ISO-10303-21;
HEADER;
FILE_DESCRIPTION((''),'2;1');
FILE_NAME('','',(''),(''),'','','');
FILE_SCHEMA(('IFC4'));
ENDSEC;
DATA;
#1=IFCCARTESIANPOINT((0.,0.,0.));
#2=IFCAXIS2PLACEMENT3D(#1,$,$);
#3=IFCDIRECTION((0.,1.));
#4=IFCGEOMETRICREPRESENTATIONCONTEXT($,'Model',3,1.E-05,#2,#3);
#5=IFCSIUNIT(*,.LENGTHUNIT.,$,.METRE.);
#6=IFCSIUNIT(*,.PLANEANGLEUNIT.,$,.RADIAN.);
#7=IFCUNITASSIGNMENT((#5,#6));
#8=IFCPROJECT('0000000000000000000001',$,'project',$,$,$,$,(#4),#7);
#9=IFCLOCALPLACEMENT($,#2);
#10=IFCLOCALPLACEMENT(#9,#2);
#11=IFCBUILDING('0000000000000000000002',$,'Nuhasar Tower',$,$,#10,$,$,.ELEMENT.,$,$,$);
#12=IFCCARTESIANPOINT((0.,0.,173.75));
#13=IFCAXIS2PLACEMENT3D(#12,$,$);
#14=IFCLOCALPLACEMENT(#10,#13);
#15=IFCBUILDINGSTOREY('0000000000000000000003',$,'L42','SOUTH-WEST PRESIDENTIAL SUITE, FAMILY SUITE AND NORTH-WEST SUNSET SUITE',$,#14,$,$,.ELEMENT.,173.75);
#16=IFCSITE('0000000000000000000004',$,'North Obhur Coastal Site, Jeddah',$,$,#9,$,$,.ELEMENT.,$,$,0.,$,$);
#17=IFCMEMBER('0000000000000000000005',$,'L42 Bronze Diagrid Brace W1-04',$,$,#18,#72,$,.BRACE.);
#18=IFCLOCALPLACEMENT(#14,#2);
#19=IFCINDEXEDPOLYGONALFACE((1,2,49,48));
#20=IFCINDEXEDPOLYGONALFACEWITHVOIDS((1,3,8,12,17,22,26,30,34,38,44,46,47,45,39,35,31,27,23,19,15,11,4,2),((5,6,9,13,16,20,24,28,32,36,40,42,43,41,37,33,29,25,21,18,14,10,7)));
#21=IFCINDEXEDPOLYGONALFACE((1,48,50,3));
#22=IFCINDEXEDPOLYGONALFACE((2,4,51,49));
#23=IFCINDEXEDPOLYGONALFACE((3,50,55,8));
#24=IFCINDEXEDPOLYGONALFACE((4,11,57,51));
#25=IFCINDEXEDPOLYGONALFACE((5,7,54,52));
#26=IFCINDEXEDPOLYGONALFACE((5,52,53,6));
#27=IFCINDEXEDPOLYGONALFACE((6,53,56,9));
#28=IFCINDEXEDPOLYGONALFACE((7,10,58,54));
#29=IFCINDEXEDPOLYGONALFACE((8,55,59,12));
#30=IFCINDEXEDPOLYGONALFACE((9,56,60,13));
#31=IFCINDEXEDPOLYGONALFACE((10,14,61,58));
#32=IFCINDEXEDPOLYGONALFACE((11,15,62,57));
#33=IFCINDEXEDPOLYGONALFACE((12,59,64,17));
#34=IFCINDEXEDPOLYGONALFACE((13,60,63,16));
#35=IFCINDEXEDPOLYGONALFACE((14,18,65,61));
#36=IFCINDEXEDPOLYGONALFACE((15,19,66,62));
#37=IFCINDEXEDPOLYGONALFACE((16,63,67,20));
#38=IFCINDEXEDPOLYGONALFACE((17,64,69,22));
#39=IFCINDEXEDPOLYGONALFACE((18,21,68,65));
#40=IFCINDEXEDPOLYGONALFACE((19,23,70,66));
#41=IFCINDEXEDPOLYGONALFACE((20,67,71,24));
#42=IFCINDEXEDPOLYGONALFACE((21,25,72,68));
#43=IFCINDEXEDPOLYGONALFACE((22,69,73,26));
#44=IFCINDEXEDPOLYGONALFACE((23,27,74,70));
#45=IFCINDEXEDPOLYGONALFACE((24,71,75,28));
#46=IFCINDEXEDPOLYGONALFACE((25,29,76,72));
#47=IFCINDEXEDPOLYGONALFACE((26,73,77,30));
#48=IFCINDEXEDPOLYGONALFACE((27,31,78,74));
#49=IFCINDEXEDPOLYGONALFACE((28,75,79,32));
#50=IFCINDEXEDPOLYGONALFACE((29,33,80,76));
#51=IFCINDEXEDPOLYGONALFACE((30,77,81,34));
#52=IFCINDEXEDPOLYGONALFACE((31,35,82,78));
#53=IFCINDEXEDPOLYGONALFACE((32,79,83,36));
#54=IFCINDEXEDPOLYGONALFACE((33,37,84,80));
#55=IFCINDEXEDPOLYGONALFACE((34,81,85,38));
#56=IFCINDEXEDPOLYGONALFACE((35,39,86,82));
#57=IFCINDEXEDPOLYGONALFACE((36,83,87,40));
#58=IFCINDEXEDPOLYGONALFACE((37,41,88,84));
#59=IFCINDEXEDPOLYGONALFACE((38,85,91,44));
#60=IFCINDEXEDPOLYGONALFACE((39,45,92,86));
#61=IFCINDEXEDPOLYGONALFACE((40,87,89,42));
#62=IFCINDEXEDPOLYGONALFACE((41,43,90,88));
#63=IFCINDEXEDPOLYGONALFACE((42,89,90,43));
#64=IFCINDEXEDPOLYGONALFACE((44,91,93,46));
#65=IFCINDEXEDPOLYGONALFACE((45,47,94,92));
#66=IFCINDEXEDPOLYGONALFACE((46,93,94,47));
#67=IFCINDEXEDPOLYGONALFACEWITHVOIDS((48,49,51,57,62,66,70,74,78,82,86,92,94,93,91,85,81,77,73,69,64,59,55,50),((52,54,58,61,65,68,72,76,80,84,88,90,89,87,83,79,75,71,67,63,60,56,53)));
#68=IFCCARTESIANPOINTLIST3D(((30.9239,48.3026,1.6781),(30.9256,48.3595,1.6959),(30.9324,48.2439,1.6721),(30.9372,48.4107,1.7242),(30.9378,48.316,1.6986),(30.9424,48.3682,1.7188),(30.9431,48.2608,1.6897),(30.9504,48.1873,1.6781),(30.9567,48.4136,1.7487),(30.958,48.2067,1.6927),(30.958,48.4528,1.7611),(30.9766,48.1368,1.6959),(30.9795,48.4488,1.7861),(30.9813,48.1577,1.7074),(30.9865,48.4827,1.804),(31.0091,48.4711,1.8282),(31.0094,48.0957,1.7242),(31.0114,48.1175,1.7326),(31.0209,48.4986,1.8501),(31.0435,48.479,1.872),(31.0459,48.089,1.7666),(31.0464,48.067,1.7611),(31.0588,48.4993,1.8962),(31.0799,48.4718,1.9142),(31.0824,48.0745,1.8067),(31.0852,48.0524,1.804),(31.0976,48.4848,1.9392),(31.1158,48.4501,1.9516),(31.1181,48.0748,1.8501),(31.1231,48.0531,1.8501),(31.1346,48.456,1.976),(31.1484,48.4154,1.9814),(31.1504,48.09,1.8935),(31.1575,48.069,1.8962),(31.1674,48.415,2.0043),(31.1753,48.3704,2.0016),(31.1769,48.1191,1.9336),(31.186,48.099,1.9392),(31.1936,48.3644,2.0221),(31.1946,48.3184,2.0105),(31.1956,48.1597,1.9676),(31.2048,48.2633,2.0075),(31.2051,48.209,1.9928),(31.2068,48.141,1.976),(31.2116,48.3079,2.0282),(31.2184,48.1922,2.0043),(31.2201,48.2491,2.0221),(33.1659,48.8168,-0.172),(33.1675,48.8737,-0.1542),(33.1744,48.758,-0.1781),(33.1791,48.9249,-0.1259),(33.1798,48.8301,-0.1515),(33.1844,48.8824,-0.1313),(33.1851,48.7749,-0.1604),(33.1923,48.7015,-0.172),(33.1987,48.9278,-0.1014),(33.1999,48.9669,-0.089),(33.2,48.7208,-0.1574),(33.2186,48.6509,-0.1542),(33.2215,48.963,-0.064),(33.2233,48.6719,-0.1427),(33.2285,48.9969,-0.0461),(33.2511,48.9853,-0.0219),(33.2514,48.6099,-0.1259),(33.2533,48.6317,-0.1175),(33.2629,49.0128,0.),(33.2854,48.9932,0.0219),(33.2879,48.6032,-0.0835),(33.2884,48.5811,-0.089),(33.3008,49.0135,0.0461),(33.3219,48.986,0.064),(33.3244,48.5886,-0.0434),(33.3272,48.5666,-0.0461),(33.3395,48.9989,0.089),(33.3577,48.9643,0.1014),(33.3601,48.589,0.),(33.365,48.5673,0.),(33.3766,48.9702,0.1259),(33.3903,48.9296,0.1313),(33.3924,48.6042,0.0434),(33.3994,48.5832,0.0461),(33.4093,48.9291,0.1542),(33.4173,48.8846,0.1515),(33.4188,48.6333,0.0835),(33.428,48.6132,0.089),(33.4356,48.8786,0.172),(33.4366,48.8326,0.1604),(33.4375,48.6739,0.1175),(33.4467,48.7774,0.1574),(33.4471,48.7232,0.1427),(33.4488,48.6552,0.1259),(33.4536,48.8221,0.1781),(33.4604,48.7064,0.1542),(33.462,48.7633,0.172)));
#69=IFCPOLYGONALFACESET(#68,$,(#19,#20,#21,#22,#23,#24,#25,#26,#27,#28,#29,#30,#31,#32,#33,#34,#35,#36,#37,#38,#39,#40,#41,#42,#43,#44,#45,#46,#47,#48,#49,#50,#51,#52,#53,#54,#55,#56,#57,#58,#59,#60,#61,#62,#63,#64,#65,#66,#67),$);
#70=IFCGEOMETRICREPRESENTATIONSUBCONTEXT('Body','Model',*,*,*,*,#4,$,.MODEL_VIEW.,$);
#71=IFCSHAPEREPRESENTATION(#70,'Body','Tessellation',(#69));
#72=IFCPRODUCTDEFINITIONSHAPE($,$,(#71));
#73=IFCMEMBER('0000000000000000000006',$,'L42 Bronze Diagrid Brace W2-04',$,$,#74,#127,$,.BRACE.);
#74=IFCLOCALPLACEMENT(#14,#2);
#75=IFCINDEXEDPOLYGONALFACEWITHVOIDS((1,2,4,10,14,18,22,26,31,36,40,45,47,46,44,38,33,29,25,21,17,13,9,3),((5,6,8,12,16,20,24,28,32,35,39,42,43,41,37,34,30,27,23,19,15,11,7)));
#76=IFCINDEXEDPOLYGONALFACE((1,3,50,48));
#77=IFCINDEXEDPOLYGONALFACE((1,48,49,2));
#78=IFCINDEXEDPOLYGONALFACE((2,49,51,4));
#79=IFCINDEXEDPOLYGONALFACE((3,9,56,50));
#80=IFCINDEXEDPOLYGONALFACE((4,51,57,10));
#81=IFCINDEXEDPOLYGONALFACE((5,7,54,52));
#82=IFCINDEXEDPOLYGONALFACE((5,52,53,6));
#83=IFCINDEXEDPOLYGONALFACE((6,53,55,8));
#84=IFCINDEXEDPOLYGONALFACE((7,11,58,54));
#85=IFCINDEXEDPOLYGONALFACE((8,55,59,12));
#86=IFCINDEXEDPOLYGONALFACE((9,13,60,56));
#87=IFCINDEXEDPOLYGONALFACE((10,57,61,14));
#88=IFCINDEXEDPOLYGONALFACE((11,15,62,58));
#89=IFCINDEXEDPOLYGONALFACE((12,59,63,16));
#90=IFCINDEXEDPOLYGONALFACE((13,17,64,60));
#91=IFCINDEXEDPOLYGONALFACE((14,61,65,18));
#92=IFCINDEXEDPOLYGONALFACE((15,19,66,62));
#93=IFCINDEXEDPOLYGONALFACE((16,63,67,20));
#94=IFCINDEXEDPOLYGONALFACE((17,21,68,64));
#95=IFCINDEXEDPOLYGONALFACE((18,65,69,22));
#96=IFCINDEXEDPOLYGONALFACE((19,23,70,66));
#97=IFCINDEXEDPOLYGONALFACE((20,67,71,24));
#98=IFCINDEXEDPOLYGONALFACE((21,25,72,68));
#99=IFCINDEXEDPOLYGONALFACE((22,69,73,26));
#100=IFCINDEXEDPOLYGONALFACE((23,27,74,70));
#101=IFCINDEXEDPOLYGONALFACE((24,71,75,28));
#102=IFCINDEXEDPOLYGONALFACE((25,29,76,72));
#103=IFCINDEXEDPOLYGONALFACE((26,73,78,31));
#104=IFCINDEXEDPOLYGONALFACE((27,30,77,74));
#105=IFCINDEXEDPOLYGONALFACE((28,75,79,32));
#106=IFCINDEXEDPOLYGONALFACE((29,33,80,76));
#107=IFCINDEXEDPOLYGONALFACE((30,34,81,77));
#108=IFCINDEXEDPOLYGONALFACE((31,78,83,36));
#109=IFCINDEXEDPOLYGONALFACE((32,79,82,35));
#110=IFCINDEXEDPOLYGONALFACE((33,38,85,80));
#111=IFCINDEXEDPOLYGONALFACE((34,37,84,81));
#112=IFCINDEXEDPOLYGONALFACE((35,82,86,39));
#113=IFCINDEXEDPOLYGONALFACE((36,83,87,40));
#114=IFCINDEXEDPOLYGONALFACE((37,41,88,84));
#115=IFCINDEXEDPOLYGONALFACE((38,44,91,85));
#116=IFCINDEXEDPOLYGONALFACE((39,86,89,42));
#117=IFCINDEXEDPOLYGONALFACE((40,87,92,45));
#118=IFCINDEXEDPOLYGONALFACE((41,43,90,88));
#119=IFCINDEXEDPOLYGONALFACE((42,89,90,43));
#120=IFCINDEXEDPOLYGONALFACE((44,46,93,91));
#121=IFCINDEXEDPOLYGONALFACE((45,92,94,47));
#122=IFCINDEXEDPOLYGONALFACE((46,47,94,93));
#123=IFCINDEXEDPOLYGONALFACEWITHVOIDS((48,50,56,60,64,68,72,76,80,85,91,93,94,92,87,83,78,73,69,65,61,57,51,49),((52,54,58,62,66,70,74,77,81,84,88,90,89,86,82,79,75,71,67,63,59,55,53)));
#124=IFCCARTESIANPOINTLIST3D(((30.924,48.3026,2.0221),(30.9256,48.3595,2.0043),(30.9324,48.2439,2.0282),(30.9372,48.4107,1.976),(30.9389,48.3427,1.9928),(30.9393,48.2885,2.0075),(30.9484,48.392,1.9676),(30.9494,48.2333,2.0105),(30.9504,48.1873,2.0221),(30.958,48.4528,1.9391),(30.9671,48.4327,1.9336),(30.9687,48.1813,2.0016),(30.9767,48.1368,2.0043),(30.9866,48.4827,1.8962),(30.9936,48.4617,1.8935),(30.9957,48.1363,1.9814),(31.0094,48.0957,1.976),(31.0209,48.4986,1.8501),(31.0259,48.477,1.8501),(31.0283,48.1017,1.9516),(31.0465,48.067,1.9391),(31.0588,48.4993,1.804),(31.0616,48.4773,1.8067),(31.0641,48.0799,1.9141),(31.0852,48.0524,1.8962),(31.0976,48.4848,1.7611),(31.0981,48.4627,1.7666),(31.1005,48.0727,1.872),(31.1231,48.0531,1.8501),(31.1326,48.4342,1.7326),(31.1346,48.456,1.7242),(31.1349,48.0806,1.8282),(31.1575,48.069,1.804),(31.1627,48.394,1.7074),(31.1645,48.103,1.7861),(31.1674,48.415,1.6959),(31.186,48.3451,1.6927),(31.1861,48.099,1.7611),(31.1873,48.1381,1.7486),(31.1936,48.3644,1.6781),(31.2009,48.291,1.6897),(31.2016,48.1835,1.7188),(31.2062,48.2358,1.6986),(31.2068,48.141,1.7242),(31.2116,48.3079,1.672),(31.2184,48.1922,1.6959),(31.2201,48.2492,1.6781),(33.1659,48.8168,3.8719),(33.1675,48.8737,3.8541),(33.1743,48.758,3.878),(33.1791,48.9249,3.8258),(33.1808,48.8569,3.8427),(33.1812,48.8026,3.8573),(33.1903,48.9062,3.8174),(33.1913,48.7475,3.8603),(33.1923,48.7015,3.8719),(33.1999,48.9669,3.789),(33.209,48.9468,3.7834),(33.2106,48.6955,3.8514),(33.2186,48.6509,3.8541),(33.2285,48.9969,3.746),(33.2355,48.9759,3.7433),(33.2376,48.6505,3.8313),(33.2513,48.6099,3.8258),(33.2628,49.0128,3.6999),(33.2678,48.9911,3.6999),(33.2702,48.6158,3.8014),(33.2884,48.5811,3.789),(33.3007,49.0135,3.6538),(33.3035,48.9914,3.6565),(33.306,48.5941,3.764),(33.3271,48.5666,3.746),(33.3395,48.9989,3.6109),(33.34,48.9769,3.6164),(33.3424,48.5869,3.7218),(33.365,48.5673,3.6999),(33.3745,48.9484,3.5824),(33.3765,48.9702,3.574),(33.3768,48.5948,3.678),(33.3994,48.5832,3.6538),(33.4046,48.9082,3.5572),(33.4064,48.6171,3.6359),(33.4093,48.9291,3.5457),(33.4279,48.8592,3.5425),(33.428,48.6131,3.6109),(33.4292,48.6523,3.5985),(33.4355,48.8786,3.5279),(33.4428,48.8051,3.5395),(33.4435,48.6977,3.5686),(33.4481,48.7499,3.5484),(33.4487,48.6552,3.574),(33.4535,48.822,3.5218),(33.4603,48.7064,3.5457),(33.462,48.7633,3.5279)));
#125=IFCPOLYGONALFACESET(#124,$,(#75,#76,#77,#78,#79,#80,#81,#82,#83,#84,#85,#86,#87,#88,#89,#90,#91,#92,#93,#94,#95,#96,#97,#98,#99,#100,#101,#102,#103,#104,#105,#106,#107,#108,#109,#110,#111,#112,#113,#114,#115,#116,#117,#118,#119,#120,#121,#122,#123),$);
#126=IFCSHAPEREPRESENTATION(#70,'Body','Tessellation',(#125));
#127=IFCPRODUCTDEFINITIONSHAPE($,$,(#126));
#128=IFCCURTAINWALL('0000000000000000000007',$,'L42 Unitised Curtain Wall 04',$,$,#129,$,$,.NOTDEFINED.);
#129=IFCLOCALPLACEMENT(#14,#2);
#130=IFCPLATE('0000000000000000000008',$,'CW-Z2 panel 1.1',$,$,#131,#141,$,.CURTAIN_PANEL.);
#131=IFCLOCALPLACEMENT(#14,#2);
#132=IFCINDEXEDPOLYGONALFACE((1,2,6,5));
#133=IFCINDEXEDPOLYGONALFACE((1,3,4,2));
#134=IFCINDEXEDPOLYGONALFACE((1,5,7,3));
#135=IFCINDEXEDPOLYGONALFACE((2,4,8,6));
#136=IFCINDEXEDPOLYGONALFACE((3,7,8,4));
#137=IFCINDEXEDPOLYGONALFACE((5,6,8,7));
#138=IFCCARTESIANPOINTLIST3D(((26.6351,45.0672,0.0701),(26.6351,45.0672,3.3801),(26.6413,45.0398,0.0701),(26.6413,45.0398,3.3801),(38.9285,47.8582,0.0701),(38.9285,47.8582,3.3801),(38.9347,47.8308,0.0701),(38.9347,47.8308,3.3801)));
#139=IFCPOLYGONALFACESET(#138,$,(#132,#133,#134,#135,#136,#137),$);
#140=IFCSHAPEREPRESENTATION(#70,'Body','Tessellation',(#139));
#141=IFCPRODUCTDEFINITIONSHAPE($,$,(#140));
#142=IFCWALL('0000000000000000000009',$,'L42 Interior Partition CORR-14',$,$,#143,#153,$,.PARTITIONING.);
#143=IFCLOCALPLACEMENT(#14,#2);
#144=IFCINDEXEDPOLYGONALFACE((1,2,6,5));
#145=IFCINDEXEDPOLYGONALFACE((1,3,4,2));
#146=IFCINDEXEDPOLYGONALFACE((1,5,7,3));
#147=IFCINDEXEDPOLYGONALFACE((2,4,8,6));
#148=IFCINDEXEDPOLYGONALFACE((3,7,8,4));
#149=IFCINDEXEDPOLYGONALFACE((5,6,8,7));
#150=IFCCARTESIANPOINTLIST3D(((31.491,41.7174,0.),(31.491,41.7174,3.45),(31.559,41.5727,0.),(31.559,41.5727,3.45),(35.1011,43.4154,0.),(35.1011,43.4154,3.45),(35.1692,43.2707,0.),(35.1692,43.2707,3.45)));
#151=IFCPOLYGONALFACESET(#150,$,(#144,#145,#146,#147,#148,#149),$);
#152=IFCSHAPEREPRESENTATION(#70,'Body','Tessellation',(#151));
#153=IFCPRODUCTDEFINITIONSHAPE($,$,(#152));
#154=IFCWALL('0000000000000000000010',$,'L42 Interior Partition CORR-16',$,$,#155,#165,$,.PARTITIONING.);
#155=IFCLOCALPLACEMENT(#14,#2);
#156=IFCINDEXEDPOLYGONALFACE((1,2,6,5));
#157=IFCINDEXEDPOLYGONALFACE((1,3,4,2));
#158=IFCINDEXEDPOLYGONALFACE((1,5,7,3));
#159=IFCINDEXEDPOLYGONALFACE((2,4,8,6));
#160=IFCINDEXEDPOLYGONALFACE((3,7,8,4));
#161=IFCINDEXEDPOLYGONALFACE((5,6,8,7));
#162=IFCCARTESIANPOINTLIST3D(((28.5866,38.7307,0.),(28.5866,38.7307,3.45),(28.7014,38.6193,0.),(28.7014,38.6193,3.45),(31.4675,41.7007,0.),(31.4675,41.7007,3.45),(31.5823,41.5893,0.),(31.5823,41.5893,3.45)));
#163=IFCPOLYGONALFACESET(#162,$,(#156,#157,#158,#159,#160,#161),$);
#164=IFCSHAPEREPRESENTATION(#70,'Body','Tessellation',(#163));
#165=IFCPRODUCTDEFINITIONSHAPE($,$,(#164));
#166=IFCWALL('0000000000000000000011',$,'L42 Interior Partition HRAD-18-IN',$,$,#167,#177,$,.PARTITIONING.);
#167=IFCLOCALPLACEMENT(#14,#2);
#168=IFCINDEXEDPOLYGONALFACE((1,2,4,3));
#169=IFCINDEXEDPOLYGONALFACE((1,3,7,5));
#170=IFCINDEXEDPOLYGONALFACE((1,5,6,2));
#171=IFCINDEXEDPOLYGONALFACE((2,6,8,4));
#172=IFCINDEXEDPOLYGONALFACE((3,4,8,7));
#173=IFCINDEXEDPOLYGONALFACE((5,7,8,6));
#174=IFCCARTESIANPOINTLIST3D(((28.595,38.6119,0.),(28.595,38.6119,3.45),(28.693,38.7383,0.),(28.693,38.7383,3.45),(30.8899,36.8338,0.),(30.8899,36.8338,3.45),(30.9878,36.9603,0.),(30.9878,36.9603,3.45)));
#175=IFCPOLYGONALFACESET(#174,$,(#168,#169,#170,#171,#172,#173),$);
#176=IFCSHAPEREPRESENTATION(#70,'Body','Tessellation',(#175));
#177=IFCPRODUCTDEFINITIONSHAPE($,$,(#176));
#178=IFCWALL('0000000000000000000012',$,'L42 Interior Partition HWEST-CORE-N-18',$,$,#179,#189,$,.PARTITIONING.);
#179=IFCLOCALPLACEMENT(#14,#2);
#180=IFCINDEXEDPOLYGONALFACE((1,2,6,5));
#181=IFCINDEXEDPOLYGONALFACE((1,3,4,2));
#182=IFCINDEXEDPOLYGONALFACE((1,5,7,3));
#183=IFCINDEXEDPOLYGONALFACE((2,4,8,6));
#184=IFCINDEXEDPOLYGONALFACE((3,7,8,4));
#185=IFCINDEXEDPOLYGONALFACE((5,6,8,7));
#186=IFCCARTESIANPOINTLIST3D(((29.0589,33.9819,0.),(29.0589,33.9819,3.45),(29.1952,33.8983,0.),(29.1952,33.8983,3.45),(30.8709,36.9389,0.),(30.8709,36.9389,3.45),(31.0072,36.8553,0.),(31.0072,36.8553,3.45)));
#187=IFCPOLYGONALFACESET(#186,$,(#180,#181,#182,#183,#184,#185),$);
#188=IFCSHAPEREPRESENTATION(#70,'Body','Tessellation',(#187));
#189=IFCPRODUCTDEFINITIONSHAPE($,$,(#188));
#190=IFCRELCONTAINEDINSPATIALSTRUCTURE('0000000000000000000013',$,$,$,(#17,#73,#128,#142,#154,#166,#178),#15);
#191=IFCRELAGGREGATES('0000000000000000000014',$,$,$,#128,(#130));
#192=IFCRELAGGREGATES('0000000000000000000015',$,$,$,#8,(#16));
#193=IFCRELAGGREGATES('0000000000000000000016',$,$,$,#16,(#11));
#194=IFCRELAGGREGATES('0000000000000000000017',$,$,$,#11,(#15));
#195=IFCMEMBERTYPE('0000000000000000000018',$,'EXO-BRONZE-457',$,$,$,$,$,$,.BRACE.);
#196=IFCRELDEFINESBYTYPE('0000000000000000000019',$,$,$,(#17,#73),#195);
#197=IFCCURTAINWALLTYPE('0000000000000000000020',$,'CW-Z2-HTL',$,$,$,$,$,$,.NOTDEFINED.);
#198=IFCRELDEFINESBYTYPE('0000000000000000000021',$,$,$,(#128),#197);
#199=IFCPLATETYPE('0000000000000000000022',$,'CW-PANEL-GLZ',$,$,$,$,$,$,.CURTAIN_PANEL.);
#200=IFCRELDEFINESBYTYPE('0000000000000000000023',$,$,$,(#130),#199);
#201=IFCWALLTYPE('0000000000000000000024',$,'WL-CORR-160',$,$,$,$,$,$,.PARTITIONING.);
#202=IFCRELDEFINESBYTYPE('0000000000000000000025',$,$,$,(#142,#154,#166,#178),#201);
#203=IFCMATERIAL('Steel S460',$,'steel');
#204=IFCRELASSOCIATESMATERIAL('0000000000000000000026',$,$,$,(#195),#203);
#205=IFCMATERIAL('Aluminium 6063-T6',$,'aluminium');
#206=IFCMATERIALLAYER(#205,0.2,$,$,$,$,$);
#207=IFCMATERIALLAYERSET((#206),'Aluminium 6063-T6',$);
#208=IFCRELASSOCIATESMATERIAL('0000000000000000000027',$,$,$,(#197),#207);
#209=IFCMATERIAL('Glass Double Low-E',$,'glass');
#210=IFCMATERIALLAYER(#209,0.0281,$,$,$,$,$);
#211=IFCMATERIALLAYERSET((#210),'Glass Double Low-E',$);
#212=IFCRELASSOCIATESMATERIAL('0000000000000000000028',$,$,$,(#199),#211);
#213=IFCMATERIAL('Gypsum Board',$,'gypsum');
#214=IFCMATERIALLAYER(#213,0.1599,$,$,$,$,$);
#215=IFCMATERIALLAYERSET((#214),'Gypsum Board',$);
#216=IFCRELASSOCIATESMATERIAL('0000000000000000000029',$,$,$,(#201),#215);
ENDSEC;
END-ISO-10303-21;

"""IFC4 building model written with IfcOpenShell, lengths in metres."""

from ifc_helpers import new_model, si_unit, direction, frame, frame_2d, origin, origin_2d, place, context, subcontext, project, spatial, rectangle, hollow_circle, extrude, material, layer, layer_set, material_profile, profile_set, type_object, element, aggregate, save


model = new_model("IFC4")

# Units and contexts
model_context = context("Model", 3, precision=1e-05, world=origin(), true_north=direction((0.0, 1.0)))
body_context = subcontext(model_context, "Body", "Model", "MODEL_VIEW")
ifc_project = project(units=[si_unit("LENGTHUNIT", "METRE"), si_unit("PLANEANGLEUNIT", "RADIAN")], contexts=[model_context])

# Site, building, storey
site_placement = place(None, origin())
site = spatial("IfcSite", under=ifc_project, at=site_placement, Name="North Obhur Coastal Site, Jeddah", CompositionType="ELEMENT", RefElevation=0.0)
building_placement = place(site_placement, origin())
building = spatial("IfcBuilding", under=site, at=building_placement, Name="Nuhasar Tower", CompositionType="ELEMENT")
storey_placement = place(building_placement, frame((0.0, 0.0, 173.75)))
storey = spatial("IfcBuildingStorey", under=building, at=storey_placement, Name="L42", Description="SOUTH-WEST PRESIDENTIAL SUITE, FAMILY SUITE AND NORTH-WEST SUNSET SUITE", CompositionType="ELEMENT", Elevation=173.75)

# Members
ifc_material_1 = material(Name="Steel S460", Category="steel")
ifc_material_profile_1 = material_profile(ifc_material_1, hollow_circle(Radius=0.2285, WallThickness=0.0222, at=origin_2d()), Name="HSS457X22.2")
ifc_profile_set_1 = profile_set([ifc_material_profile_1], Name="Steel S460")
member_type = type_object("IfcMemberType", Name="EXO-BRONZE-457", PredefinedType="BRACE", material=ifc_profile_set_1)
member_1_placement = place(storey_placement, frame((33.314, 48.79, 0.0), z_axis=(-0.7595, -0.174181, 0.626755), x_axis=(0.223534, -0.974696, 0.0)))
element("IfcMember", 1, at=member_1_placement, inside=storey, type_object=member_type, Name="L42 Bronze Diagrid Brace W1-04", PredefinedType="BRACE", context=body_context, shape_type="SweptSolid", body=[
    extrude(hollow_circle(Radius=0.2285, WallThickness=0.0222, at=origin_2d()), origin(), (0.0, 0.0, 1.0), 2.9519),
])
member_2_placement = place(storey_placement, frame((31.072, 48.2759, 1.8501), z_axis=(0.759539, 0.17419, 0.626704), x_axis=(-0.223534, 0.974696, 0.0)))
element("IfcMember", 2, at=member_2_placement, inside=storey, type_object=member_type, Name="L42 Bronze Diagrid Brace W2-04", PredefinedType="BRACE", context=body_context, shape_type="SweptSolid", body=[
    extrude(hollow_circle(Radius=0.2285, WallThickness=0.0222, at=origin_2d()), origin(), (0.0, 0.0, 1.0), 2.9517),
])

# Curtain wall, plate
ifc_material_2 = material(Name="Aluminium 6063-T6", Category="aluminium")
ifc_layer_1 = layer(ifc_material_2, 0.2)
ifc_layer_set_1 = layer_set([ifc_layer_1], Name="Aluminium 6063-T6")
curtain_wall_type = type_object("IfcCurtainWallType", Name="CW-Z2-HTL", PredefinedType="NOTDEFINED", material=ifc_layer_set_1)
curtain_wall_placement = place(storey_placement, origin())
curtain_wall = element("IfcCurtainWall", 3, at=curtain_wall_placement, inside=storey, type_object=curtain_wall_type, Name="L42 Unitised Curtain Wall 04", PredefinedType="NOTDEFINED")
ifc_material_3 = material(Name="Glass Double Low-E", Category="glass")
ifc_layer_2 = layer(ifc_material_3, 0.0281)
ifc_layer_set_2 = layer_set([ifc_layer_2], Name="Glass Double Low-E")
plate_type = type_object("IfcPlateType", Name="CW-PANEL-GLZ", PredefinedType="CURTAIN_PANEL", material=ifc_layer_set_2)
plate_placement = place(storey_placement, frame((32.7849, 46.449, 0.0701), z_axis=(0.0, 0.0, 1.0), x_axis=(-0.975184, -0.221397, 0.0)))
plate = element("IfcPlate", 4, at=plate_placement, type_object=plate_type, Name="CW-Z2 panel 1.1", PredefinedType="CURTAIN_PANEL", context=body_context, shape_type="SweptSolid", body=[
    extrude(rectangle(XDim=12.6062, YDim=0.0281, at=origin_2d()), origin(), (0.0, 0.0, 1.0), 3.3101),
])
aggregate(curtain_wall, [plate])

# Shared definitions
ifc_material_4 = material(Name="Gypsum Board", Category="gypsum")
ifc_layer_3 = layer(ifc_material_4, 0.1599)
ifc_layer_set_3 = layer_set([ifc_layer_3], Name="Gypsum Board")
wall_type_1 = type_object("IfcWallType", Name="WL-CORR-160", PredefinedType="PARTITIONING", material=ifc_layer_set_3)

# Walls
wall_1_placement = place(storey_placement, frame((35.135, 43.343, 0.0), z_axis=(0.0, 0.0, 1.0), x_axis=(-0.904903, -0.425617, 0.0)))
element("IfcWall", 5, at=wall_1_placement, inside=storey, type_object=wall_type_1, Name="L42 Interior Partition CORR-14", PredefinedType="PARTITIONING", context=body_context, shape_type="SweptSolid", body=[
    extrude(rectangle(XDim=3.9895, YDim=0.1599, at=frame_2d((1.9946, 0.0))), origin(), (0.0, 0.0, 1.0), 3.45),
])
wall_2_placement = place(storey_placement, frame((31.5249, 41.645, 0.0), z_axis=(0.0, 0.0, 1.0), x_axis=(-0.696256, -0.717793, 0.0)))
element("IfcWall", 6, at=wall_2_placement, inside=storey, type_object=wall_type_1, Name="L42 Interior Partition CORR-16", PredefinedType="PARTITIONING", context=body_context, shape_type="SweptSolid", body=[
    extrude(rectangle(XDim=4.1377, YDim=0.1599, at=frame_2d((2.0688, 0.0))), origin(), (0.0, 0.0, 1.0), 3.45),
])
wall_3_placement = place(storey_placement, frame((30.939, 36.897, 0.0), z_axis=(0.0, 0.0, 1.0), x_axis=(-0.790496, 0.612467, 0.0)))
element("IfcWall", 7, at=wall_3_placement, inside=storey, type_object=wall_type_1, Name="L42 Interior Partition HRAD-18-IN", PredefinedType="PARTITIONING", context=body_context, shape_type="SweptSolid", body=[
    extrude(rectangle(XDim=2.9031, YDim=0.1599, at=frame_2d((1.4517, 0.0))), origin(), (0.0, 0.0, 1.0), 3.45),
])
wall_4_placement = place(storey_placement, frame((30.939, 36.897, 0.0), z_axis=(0.0, 0.0, 1.0), x_axis=(-0.522486, -0.852648, 0.0)))
element("IfcWall", 8, at=wall_4_placement, inside=storey, type_object=wall_type_1, Name="L42 Interior Partition HWEST-CORE-N-18", PredefinedType="PARTITIONING", context=body_context, shape_type="SweptSolid", body=[
    extrude(rectangle(XDim=3.468, YDim=0.1599, at=frame_2d((1.7339, 0.0))), origin(), (0.0, 0.0, 1.0), 3.45),
])

save(model, "model.ifc")
